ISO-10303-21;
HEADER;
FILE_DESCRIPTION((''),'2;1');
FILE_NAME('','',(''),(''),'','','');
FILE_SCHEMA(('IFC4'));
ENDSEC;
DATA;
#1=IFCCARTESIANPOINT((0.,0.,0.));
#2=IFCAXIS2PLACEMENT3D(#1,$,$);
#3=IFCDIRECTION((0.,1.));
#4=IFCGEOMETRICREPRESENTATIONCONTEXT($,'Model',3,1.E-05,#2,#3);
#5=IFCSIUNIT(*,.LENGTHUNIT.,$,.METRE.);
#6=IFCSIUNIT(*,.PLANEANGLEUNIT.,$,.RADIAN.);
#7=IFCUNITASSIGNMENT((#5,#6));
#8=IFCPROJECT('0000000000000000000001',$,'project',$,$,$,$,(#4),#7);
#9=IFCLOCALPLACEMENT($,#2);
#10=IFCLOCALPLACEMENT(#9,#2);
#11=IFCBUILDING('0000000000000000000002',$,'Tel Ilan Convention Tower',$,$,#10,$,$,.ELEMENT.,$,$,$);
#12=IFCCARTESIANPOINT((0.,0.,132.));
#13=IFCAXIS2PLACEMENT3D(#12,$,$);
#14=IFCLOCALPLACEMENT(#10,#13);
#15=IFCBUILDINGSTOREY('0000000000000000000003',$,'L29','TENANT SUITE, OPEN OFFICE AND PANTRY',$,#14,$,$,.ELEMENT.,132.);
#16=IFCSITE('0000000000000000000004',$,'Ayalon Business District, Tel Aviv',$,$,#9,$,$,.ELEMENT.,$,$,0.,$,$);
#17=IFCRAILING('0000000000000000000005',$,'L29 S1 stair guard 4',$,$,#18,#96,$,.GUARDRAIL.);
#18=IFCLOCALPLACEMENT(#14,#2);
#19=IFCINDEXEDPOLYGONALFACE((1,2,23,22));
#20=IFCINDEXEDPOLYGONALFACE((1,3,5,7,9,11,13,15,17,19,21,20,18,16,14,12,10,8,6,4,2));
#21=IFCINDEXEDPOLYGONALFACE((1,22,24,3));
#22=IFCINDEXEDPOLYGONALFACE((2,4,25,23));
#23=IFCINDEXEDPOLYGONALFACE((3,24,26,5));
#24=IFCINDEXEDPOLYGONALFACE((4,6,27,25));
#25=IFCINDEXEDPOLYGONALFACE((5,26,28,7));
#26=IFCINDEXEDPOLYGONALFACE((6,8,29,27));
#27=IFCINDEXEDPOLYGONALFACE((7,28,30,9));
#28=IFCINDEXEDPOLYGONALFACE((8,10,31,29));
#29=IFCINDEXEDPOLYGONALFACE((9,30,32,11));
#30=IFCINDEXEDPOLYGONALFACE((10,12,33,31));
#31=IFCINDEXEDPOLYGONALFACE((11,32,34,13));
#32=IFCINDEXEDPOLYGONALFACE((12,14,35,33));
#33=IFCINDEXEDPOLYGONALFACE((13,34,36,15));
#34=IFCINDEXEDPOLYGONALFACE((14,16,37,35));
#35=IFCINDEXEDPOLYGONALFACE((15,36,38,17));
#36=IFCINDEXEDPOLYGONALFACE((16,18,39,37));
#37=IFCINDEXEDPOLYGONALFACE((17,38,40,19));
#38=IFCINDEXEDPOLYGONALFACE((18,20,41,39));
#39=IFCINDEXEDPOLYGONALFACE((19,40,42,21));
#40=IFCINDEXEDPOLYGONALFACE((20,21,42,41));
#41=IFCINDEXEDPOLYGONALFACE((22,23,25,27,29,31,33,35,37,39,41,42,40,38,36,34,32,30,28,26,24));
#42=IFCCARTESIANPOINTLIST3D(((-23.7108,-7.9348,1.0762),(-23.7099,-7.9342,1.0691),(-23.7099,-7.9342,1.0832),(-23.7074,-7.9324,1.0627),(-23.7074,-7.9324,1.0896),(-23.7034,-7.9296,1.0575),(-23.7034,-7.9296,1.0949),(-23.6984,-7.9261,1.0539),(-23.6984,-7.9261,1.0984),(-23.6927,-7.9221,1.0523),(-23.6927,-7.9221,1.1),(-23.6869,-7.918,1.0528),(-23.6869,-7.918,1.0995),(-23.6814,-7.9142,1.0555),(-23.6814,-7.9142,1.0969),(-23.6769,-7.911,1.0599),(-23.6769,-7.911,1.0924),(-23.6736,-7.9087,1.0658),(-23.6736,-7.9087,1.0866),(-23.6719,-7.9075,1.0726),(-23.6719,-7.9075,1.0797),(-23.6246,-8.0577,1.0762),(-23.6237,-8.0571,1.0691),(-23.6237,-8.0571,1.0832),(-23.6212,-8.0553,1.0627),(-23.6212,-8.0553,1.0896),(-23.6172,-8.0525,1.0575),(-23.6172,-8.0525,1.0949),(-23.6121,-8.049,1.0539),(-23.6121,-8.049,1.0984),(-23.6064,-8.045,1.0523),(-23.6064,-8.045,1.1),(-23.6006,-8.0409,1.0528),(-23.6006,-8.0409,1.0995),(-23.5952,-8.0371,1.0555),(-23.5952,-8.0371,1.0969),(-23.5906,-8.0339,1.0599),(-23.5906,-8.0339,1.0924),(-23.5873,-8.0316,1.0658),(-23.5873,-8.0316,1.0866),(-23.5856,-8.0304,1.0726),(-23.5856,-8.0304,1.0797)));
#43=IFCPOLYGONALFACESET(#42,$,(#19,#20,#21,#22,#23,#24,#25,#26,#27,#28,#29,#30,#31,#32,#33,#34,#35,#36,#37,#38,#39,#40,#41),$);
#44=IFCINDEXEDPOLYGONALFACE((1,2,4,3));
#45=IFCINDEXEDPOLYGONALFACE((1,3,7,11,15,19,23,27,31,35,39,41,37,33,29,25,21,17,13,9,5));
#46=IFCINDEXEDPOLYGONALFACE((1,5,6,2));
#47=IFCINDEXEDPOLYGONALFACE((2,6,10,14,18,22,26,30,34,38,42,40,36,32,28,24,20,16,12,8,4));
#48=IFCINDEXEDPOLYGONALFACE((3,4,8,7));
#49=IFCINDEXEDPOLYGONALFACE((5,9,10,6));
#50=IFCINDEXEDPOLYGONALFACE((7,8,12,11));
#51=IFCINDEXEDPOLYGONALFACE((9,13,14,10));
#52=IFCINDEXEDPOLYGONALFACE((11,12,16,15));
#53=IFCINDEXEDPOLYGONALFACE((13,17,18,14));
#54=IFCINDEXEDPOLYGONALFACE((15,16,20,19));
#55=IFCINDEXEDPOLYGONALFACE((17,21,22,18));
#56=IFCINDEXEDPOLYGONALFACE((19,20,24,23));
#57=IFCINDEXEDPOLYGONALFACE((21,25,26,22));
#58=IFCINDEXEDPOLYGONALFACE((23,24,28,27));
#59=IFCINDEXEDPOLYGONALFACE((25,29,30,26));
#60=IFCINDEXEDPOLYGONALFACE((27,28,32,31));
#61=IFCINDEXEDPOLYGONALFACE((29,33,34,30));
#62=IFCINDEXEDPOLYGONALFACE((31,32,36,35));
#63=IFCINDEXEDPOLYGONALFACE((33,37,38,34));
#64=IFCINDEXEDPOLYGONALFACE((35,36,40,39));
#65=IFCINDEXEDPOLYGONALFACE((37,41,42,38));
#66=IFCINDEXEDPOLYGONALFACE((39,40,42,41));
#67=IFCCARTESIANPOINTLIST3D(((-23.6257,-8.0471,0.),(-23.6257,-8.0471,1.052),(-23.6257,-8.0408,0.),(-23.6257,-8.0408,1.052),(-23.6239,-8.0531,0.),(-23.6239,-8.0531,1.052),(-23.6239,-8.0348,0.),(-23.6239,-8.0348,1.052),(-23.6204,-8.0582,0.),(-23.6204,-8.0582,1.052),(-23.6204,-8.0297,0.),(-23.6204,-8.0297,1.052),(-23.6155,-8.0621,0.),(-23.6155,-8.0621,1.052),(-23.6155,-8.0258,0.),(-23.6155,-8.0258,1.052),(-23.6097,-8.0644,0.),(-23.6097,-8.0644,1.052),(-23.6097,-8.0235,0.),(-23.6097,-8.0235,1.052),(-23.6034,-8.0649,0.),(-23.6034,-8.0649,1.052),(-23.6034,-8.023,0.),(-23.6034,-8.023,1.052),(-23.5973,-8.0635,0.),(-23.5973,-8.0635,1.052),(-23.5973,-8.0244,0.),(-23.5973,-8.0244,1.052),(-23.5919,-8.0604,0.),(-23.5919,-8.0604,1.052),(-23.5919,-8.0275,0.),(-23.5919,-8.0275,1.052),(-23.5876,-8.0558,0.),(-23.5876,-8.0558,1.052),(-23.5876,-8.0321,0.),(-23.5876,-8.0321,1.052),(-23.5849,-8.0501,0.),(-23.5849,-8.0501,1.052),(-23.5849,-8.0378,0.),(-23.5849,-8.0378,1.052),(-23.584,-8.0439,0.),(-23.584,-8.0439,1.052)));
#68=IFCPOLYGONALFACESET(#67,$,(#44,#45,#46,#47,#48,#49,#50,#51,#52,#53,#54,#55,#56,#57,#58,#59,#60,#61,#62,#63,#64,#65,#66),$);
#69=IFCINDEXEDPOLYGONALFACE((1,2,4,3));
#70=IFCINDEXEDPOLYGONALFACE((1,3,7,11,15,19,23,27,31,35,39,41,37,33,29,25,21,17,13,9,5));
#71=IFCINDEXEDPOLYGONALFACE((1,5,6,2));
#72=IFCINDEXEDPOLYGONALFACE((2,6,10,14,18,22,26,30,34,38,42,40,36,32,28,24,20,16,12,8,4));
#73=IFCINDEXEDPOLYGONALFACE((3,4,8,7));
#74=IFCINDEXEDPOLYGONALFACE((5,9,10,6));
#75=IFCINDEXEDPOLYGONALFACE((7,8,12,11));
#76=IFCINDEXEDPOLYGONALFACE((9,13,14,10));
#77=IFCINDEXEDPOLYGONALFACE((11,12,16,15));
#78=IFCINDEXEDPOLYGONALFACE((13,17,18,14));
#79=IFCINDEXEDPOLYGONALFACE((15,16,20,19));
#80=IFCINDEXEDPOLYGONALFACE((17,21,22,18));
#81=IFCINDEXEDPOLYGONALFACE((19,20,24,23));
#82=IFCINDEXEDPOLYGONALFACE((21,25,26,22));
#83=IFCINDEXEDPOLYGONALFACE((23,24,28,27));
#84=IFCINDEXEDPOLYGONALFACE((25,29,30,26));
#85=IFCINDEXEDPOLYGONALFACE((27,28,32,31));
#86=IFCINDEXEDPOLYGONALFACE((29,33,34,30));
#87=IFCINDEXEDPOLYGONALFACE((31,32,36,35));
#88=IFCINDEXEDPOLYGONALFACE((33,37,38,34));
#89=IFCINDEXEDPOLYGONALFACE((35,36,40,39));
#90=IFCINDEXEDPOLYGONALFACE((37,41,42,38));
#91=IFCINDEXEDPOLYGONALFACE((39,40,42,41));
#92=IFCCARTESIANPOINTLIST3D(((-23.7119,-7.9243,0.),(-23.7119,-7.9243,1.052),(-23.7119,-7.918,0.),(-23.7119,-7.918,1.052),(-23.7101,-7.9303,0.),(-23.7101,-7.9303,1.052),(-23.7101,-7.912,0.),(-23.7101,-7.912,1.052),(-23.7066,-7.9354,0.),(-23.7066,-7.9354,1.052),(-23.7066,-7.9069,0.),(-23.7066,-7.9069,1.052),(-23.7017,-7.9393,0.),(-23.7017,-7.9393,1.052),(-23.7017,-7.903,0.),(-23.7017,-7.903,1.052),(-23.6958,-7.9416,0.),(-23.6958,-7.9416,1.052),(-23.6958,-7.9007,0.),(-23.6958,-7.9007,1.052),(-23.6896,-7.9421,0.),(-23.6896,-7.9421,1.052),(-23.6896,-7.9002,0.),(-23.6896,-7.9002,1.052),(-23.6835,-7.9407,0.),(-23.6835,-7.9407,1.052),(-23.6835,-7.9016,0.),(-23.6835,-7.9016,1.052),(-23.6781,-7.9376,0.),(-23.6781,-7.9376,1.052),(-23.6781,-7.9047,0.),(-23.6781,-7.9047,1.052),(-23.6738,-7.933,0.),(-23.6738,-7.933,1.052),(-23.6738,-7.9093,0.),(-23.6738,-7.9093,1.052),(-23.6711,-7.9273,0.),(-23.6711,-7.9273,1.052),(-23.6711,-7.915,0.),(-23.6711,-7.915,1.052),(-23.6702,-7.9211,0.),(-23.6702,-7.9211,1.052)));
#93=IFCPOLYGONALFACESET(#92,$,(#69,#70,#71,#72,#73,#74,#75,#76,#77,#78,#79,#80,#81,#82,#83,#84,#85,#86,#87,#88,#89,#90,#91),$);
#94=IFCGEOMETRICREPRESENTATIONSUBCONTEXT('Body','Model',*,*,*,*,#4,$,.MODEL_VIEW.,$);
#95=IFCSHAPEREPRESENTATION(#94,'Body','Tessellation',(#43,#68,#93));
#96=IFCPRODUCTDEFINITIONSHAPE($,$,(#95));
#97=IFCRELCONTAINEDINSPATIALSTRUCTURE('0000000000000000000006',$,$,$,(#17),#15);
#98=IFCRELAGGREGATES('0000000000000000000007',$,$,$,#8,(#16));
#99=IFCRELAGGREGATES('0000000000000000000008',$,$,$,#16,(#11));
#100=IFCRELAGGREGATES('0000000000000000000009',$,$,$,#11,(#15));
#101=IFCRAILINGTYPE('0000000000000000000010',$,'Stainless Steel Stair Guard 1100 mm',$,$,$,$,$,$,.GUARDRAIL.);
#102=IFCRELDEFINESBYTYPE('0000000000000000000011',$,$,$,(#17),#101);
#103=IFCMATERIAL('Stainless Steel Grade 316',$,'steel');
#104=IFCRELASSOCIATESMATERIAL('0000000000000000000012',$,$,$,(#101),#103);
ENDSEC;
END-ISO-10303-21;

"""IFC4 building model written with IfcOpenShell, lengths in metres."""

from ifc_helpers import new_model, si_unit, direction, frame, origin, origin_2d, place, context, subcontext, project, spatial, circle, extrude, material, type_object, element, save


model = new_model("IFC4")

# Units and contexts
model_context = context("Model", 3, precision=1e-05, world=origin(), true_north=direction((0.0, 1.0)))
body_context = subcontext(model_context, "Body", "Model", "MODEL_VIEW")
ifc_project = project(units=[si_unit("LENGTHUNIT", "METRE"), si_unit("PLANEANGLEUNIT", "RADIAN")], contexts=[model_context])

# Site, building, storey
site_placement = place(None, origin())
site = spatial("IfcSite", under=ifc_project, at=site_placement, Name="Ayalon Business District, Tel Aviv", CompositionType="ELEMENT", RefElevation=0.0)
building_placement = place(site_placement, origin())
building = spatial("IfcBuilding", under=site, at=building_placement, Name="Tel Ilan Convention Tower", CompositionType="ELEMENT")
storey_placement = place(building_placement, frame((0.0, 0.0, 132.0)))
storey = spatial("IfcBuildingStorey", under=building, at=storey_placement, Name="L29", Description="TENANT SUITE, OPEN OFFICE AND PANTRY", CompositionType="ELEMENT", Elevation=132.0)

# Railing
ifc_material_1 = material(Name="Stainless Steel Grade 316", Category="steel")
railing_type_1 = type_object("IfcRailingType", Name="Stainless Steel Stair Guard 1100 mm", PredefinedType="GUARDRAIL", material=ifc_material_1)
railing_1_placement = place(storey_placement, frame((-23.605, -8.0439, 0.0)))
element("IfcRailing", 1, at=railing_1_placement, inside=storey, type_object=railing_type_1, Name="L29 S1 stair guard 4", PredefinedType="GUARDRAIL", context=body_context, shape_type="SweptSolid", body=[
    extrude(circle(Radius=0.0239, at=origin_2d()), frame((0.0, 0.0, 1.0762), z_axis=(-0.574445, 0.818543, 0.0), x_axis=(-0.818543, -0.574445, 0.0)), (0.0, 0.0, 1.0), 0.1501),
    extrude(circle(Radius=0.021, at=origin_2d()), origin(), (0.0, 0.0, 1.0), 1.052),
    extrude(circle(Radius=0.021, at=origin_2d()), frame((-0.0862, 0.1228, 0.0)), (0.0, 0.0, 1.0), 1.052),
])

save(model, "model.ifc")
